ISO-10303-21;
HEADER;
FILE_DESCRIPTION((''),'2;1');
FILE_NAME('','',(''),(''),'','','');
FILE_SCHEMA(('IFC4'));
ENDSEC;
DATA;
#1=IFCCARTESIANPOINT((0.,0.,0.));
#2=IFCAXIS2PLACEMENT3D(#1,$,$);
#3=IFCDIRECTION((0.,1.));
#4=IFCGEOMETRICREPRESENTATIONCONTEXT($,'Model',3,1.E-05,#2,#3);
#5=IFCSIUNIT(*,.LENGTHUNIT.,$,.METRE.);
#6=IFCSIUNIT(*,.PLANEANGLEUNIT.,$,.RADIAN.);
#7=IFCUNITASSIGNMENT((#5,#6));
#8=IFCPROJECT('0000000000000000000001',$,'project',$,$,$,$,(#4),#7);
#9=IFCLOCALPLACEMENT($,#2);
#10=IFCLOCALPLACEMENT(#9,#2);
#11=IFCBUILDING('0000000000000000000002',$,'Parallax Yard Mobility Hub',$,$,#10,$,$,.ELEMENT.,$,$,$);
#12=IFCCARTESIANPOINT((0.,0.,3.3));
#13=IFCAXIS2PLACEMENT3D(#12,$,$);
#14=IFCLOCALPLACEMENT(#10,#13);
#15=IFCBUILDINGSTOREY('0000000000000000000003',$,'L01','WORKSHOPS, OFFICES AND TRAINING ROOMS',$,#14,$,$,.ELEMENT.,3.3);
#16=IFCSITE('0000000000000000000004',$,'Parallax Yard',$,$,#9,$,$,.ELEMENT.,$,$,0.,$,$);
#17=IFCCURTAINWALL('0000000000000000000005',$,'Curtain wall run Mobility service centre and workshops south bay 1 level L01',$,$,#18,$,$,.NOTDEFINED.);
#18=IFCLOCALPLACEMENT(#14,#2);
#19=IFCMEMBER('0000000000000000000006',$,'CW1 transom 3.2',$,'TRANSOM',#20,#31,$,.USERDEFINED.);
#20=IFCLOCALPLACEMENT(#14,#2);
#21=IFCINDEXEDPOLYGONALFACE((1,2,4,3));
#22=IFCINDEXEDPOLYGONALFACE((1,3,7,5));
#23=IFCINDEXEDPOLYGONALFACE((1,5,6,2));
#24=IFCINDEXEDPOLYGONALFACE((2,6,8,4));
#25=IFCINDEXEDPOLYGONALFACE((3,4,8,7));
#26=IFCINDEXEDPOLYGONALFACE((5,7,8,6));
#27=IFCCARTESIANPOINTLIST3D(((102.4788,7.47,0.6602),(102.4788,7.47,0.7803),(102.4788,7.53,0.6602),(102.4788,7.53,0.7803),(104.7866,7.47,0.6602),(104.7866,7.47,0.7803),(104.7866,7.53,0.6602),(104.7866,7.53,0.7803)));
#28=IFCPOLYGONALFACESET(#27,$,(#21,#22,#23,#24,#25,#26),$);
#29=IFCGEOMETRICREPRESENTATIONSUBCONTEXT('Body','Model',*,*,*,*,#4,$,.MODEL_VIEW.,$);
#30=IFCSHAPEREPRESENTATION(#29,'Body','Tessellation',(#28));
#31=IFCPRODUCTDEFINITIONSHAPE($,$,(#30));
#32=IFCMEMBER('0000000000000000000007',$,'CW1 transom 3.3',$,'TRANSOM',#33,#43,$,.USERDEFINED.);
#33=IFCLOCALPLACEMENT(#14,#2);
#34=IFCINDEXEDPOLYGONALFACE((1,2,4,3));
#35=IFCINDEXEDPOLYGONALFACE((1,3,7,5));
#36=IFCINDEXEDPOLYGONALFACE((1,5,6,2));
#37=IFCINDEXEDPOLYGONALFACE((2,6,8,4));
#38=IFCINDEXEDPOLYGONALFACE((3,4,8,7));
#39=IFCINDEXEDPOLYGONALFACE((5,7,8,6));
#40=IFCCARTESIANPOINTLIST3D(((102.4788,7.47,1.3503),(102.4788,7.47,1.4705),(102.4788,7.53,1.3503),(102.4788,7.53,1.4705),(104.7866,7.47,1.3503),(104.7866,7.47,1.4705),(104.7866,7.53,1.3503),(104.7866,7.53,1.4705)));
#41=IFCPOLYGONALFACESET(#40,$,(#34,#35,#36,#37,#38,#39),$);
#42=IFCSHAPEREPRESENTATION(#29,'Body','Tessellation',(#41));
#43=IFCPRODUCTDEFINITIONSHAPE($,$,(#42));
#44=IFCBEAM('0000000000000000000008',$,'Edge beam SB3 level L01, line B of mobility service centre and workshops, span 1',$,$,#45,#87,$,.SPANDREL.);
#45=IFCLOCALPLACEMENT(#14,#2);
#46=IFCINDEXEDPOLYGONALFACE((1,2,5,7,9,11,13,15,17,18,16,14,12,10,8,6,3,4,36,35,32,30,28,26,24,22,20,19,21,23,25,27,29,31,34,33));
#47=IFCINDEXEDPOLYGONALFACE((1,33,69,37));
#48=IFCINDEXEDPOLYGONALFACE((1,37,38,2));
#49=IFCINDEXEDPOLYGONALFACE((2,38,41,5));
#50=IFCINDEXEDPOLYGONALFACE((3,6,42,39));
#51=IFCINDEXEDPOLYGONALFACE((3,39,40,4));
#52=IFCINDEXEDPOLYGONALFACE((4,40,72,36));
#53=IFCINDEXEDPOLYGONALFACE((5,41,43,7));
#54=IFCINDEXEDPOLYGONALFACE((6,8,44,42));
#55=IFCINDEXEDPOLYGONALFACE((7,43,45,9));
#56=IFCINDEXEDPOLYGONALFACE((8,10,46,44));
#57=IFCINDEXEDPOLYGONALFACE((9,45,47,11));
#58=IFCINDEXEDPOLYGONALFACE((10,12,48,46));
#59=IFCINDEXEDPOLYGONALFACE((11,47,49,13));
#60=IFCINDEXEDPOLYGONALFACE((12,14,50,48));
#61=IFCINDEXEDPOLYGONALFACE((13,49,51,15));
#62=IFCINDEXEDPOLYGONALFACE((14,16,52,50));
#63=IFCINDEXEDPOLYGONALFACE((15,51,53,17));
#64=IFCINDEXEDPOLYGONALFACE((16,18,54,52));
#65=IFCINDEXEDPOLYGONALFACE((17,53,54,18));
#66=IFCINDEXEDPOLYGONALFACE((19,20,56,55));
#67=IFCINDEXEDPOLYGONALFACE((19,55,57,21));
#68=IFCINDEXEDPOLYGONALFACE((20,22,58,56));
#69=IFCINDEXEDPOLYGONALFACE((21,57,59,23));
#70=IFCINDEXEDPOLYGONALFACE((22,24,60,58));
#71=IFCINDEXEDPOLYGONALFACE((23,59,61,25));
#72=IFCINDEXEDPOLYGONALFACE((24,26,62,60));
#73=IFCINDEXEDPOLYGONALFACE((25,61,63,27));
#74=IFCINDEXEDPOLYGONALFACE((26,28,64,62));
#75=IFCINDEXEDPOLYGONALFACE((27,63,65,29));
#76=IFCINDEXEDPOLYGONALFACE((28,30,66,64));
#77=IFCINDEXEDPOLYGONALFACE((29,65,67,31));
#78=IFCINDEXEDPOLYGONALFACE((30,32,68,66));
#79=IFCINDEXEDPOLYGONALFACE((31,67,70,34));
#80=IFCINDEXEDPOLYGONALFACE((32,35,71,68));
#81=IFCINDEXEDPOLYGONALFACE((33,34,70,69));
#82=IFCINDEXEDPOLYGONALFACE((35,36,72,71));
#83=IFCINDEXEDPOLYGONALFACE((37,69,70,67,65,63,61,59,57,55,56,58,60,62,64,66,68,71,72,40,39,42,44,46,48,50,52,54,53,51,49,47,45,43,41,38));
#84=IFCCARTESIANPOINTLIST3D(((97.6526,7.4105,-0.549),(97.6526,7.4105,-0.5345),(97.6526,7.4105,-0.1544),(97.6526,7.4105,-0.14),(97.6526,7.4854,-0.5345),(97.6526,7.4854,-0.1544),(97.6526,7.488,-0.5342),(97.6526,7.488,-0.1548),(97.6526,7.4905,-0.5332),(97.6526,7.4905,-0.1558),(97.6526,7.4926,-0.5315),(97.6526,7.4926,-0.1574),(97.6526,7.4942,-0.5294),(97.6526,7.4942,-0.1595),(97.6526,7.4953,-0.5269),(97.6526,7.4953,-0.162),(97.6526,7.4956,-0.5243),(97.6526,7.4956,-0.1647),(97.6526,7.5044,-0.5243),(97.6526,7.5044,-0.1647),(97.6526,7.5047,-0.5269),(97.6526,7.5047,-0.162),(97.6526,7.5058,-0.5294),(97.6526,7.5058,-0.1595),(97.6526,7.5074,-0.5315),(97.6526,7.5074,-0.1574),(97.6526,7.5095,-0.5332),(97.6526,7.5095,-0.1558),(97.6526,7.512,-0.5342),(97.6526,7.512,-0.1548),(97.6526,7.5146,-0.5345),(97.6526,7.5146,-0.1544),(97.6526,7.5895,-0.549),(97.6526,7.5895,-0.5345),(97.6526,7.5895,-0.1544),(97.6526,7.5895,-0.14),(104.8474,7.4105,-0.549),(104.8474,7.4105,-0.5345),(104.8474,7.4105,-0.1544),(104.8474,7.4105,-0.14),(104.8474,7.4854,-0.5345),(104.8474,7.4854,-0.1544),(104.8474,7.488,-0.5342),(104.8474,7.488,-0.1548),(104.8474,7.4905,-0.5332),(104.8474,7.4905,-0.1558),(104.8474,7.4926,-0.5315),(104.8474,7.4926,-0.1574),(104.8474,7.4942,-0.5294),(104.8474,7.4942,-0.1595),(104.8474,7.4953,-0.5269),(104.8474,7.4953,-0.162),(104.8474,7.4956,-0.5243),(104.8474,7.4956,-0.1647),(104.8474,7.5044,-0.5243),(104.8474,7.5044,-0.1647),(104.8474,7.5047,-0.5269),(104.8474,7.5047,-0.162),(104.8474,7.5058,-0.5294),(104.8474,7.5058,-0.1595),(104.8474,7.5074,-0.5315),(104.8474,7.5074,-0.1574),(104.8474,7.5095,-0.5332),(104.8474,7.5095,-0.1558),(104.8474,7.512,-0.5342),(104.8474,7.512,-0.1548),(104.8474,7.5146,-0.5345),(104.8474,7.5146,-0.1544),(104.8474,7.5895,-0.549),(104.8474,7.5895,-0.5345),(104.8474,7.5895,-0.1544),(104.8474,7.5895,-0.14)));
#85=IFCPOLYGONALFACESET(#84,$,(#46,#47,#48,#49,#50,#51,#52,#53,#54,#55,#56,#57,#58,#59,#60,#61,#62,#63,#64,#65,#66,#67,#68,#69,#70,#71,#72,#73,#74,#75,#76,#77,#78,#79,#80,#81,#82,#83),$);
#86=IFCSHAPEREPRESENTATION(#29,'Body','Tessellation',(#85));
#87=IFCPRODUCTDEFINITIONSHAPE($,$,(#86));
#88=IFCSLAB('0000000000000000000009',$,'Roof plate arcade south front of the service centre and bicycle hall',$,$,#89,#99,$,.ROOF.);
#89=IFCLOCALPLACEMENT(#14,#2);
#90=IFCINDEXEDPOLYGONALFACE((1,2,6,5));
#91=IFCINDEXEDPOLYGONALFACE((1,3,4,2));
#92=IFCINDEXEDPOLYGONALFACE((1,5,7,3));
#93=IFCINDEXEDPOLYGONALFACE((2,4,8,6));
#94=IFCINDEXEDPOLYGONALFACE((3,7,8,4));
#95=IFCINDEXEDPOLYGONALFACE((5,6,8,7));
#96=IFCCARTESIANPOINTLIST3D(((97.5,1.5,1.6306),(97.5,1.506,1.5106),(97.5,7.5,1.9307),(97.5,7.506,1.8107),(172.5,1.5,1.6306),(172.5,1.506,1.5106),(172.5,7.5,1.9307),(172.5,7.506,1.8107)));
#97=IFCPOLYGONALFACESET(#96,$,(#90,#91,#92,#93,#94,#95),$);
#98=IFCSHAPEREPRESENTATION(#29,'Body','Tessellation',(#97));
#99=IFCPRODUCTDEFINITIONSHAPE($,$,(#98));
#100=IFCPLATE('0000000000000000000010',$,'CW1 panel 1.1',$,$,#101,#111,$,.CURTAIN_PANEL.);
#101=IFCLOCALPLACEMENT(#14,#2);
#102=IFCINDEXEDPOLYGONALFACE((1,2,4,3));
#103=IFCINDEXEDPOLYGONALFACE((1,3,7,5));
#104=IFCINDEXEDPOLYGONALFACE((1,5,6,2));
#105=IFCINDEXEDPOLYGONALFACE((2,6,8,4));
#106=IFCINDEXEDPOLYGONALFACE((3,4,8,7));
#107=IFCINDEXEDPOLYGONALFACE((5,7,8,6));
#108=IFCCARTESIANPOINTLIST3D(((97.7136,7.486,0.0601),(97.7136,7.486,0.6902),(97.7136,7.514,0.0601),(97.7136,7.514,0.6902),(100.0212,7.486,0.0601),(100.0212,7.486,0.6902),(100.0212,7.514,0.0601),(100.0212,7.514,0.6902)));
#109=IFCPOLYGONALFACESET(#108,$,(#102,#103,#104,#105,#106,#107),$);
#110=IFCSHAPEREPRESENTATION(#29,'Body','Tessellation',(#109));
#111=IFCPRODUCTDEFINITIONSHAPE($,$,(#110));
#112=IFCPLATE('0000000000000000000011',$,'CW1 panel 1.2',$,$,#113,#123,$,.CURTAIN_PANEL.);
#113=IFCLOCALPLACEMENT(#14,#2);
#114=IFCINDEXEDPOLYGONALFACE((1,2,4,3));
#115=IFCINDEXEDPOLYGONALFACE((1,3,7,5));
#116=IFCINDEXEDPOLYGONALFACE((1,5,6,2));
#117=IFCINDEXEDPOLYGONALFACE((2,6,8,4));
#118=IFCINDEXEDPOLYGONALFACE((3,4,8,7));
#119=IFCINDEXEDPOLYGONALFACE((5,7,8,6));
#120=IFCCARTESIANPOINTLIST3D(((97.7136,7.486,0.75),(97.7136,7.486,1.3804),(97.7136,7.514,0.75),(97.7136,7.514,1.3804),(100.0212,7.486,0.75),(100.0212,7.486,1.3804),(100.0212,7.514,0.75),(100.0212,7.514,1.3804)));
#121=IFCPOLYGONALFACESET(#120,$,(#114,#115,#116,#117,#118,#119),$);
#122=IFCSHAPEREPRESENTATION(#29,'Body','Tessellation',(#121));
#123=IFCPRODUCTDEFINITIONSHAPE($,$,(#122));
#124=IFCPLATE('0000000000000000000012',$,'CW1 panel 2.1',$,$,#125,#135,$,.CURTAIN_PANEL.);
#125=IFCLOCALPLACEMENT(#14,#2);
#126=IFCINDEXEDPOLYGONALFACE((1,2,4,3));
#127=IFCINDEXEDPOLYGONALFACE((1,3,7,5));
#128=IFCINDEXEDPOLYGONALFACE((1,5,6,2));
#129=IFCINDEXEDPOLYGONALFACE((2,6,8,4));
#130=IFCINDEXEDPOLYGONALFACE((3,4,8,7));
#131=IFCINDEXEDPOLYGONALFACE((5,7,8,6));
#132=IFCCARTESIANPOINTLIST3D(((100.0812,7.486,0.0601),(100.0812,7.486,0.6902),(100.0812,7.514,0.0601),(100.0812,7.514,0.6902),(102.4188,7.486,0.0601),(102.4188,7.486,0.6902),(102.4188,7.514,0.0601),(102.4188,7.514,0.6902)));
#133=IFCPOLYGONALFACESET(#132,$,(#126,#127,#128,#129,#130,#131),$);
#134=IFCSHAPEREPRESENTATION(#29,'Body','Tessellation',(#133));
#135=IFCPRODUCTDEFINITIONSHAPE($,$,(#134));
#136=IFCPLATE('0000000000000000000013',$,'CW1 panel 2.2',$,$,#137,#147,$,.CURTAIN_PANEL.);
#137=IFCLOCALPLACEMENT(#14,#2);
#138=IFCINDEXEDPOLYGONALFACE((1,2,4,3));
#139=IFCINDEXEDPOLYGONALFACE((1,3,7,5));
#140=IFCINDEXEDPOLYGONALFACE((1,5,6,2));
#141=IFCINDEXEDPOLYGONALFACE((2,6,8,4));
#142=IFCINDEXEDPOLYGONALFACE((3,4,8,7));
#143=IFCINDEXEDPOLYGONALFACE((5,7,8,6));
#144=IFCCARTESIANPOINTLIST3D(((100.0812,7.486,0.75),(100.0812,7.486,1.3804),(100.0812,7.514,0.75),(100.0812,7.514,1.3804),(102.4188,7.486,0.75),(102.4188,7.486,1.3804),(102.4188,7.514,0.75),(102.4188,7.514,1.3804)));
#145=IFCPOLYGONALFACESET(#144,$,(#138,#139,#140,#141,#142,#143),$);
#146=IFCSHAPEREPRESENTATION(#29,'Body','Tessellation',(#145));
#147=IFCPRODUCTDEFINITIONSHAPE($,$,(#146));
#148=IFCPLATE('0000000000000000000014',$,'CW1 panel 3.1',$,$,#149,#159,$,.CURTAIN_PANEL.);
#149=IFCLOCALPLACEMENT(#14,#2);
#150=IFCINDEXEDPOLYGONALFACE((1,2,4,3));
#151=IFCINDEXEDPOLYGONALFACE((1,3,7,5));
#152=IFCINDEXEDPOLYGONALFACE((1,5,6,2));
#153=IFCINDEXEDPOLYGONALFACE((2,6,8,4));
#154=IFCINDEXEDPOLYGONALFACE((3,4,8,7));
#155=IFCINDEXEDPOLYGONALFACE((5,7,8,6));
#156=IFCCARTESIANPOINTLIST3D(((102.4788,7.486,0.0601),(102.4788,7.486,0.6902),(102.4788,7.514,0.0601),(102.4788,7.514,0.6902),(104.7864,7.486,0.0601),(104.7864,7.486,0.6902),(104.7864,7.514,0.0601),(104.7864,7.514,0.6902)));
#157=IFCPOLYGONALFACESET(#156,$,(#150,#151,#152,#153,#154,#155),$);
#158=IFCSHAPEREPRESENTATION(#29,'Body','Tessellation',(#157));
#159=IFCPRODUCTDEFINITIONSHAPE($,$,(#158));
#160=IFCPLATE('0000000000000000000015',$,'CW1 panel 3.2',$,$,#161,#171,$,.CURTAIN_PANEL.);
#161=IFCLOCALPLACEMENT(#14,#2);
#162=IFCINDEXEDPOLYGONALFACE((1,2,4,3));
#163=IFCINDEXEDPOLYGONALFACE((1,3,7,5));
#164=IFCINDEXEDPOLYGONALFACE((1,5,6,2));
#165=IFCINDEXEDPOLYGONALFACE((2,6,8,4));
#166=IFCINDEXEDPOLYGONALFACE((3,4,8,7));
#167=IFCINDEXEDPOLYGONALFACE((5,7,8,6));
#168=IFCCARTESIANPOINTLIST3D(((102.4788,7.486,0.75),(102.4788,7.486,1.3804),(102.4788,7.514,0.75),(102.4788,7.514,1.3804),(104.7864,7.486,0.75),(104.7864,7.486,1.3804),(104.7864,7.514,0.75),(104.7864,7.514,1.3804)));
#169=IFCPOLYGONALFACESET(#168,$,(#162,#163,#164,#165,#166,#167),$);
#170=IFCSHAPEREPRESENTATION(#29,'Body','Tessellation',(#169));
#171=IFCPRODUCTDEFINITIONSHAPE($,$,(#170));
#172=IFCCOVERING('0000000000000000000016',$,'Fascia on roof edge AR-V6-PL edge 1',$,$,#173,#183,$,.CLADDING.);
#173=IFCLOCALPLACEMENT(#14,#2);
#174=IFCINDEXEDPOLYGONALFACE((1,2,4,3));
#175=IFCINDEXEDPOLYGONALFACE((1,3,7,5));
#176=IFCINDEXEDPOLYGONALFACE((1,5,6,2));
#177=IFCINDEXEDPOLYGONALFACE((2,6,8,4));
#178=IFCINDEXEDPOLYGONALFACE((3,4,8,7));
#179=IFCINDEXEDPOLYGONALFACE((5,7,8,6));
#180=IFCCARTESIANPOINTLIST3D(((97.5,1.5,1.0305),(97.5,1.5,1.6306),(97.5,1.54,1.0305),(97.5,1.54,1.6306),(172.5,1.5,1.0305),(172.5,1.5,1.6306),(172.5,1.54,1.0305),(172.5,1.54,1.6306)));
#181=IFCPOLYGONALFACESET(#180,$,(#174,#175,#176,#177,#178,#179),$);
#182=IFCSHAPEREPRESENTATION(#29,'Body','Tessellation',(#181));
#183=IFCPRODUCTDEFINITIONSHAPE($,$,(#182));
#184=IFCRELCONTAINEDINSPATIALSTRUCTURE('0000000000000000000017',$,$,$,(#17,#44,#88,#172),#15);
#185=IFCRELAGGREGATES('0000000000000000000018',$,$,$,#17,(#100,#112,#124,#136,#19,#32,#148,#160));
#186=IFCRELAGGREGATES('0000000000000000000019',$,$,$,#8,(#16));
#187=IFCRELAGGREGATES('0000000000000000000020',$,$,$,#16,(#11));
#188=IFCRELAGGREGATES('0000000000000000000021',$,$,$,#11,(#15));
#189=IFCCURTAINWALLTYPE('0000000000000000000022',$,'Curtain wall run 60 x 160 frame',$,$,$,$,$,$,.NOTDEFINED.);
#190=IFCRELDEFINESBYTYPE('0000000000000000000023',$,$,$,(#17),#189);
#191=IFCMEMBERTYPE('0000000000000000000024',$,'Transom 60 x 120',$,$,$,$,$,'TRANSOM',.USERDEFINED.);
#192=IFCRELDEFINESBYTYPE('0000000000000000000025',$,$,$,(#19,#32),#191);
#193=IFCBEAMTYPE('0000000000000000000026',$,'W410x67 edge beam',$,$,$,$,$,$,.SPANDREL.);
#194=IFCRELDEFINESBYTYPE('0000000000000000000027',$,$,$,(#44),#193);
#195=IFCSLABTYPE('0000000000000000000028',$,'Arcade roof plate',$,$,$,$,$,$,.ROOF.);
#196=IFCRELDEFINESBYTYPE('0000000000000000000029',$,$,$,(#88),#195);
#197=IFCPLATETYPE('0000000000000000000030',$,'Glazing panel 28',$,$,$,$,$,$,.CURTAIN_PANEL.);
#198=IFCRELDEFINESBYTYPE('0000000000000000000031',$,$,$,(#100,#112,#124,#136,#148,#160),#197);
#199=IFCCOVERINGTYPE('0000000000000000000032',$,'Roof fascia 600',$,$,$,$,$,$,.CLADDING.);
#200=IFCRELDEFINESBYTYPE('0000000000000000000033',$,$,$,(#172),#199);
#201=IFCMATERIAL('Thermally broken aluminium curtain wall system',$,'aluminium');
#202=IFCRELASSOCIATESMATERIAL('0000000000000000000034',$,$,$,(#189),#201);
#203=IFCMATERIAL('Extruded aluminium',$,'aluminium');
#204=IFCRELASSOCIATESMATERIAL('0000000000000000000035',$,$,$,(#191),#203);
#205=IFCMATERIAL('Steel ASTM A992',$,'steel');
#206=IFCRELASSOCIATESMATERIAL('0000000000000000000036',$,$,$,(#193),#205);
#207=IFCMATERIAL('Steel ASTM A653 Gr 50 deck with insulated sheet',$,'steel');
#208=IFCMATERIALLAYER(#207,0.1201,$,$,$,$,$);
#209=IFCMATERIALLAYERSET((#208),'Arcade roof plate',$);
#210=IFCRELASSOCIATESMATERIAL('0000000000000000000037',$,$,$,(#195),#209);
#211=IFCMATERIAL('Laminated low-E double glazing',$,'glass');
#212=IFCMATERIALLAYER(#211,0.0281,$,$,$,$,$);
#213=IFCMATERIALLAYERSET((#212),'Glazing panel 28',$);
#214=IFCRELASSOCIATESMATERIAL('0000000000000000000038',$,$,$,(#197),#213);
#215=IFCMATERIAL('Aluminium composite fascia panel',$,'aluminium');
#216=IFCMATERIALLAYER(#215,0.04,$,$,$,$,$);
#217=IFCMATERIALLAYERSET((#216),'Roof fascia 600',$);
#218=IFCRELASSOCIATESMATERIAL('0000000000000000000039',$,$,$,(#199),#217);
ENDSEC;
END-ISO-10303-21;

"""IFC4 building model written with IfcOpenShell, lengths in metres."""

from ifc_helpers import new_model, si_unit, direction, frame, origin, origin_2d, place, context, subcontext, project, spatial, polyline, rectangle, i_section, outline, extrude, material, layer, layer_set, material_profile, profile_set, type_object, element, aggregate, save


model = new_model("IFC4")

# Units and contexts
model_context = context("Model", 3, precision=1e-05, world=origin(), true_north=direction((0.0, 1.0)))
body_context = subcontext(model_context, "Body", "Model", "MODEL_VIEW")
ifc_project = project(units=[si_unit("LENGTHUNIT", "METRE"), si_unit("PLANEANGLEUNIT", "RADIAN")], contexts=[model_context])

# Site, building, storey
site_placement = place(None, origin())
site = spatial("IfcSite", under=ifc_project, at=site_placement, Name="Parallax Yard", CompositionType="ELEMENT", RefElevation=0.0)
building_placement = place(site_placement, origin())
building = spatial("IfcBuilding", under=site, at=building_placement, Name="Parallax Yard Mobility Hub", CompositionType="ELEMENT")
storey_placement = place(building_placement, frame((0.0, 0.0, 3.3)))
storey = spatial("IfcBuildingStorey", under=building, at=storey_placement, Name="L01", Description="WORKSHOPS, OFFICES AND TRAINING ROOMS", CompositionType="ELEMENT", Elevation=3.3)

# Shared definitions
ifc_material_1 = material(Name="Steel ASTM A992", Category="steel")

# Curtain wall, members
ifc_material_2 = material(Name="Thermally broken aluminium curtain wall system", Category="aluminium")
curtain_wall_type = type_object("IfcCurtainWallType", Name="Curtain wall run 60 x 160 frame", PredefinedType="NOTDEFINED", material=ifc_material_2)
curtain_wall_placement = place(storey_placement, origin())
curtain_wall = element("IfcCurtainWall", 1, at=curtain_wall_placement, inside=storey, type_object=curtain_wall_type, Name="Curtain wall run Mobility service centre and workshops south bay 1 level L01", PredefinedType="NOTDEFINED")
ifc_material_3 = material(Name="Extruded aluminium", Category="aluminium")
ifc_material_profile_1 = material_profile(ifc_material_3, rectangle(XDim=0.0601, YDim=0.1201, at=origin_2d()), Name="Transom 60 x 120")
ifc_profile_set_1 = profile_set([ifc_material_profile_1], Name="Extruded aluminium")
member_type_1 = type_object("IfcMemberType", Name="Transom 60 x 120", ElementType="TRANSOM", PredefinedType="USERDEFINED", material=ifc_profile_set_1)
member_1_placement = place(storey_placement, frame((102.4788, 7.5, 0.7202), z_axis=(1.0, 0.0, 0.0), x_axis=(0.0, 1.0, 0.0)))
member_1 = element("IfcMember", 2, at=member_1_placement, type_object=member_type_1, Name="CW1 transom 3.2", ObjectType="TRANSOM", PredefinedType="USERDEFINED", context=body_context, shape_type="SweptSolid", body=[
    extrude(rectangle(XDim=0.0601, YDim=0.1201, at=origin_2d()), origin(), (0.0, 0.0, 1.0), 2.3079),
])
member_2_placement = place(storey_placement, frame((102.4788, 7.5, 1.4104), z_axis=(1.0, 0.0, 0.0), x_axis=(0.0, 1.0, 0.0)))
member_2 = element("IfcMember", 3, at=member_2_placement, type_object=member_type_1, Name="CW1 transom 3.3", ObjectType="TRANSOM", PredefinedType="USERDEFINED", context=body_context, shape_type="SweptSolid", body=[
    extrude(rectangle(XDim=0.0601, YDim=0.1201, at=origin_2d()), origin(), (0.0, 0.0, 1.0), 2.3079),
])

# Beam
ifc_material_profile_2 = material_profile(ifc_material_1, i_section(OverallWidth=0.179, OverallDepth=0.4089, WebThickness=0.0088, FlangeThickness=0.0144, FilletRadius=0.0103, at=origin_2d()), Name="W410x67")
ifc_profile_set_2 = profile_set([ifc_material_profile_2], Name="Steel ASTM A992")
beam_type_1 = type_object("IfcBeamType", Name="W410x67 edge beam", PredefinedType="SPANDREL", material=ifc_profile_set_2)
beam_placement = place(storey_placement, frame((97.6526, 7.5, -0.3445), z_axis=(1.0, 0.0, 0.0), x_axis=(0.0, 1.0, 0.0)))
element("IfcBeam", 4, at=beam_placement, inside=storey, type_object=beam_type_1, Name="Edge beam SB3 level L01, line B of mobility service centre and workshops, span 1", PredefinedType="SPANDREL", context=body_context, shape_type="SweptSolid", body=[
    extrude(i_section(OverallWidth=0.179, OverallDepth=0.4089, WebThickness=0.0088, FlangeThickness=0.0144, FilletRadius=0.0103, at=origin_2d()), origin(), (0.0, 0.0, 1.0), 7.1948),
])

# Slab
ifc_material_4 = material(Name="Steel ASTM A653 Gr 50 deck with insulated sheet", Category="steel")
ifc_layer_1 = layer(ifc_material_4, 0.1201)
ifc_layer_set_1 = layer_set([ifc_layer_1], Name="Arcade roof plate")
slab_type = type_object("IfcSlabType", Name="Arcade roof plate", PredefinedType="ROOF", material=ifc_layer_set_1)
slab_placement = place(storey_placement, frame((97.5, 1.5, 1.6306), z_axis=(0.0, -0.049946, 0.998752), x_axis=(1.0, 0.0, 0.0)))
element("IfcSlab", 5, at=slab_placement, inside=storey, type_object=slab_type, Name="Roof plate arcade south front of the service centre and bicycle hall", PredefinedType="ROOF", context=body_context, shape_type="SweptSolid", body=[
    extrude(outline(polyline([(0.0, 0.0), (75.0, 0.0), (75.0, 6.0075), (0.0, 6.0075), (0.0, 0.0)])), origin(), (0.0, 0.0, -1.0), 0.1201),
])

# Plates
ifc_material_5 = material(Name="Laminated low-E double glazing", Category="glass")
ifc_layer_2 = layer(ifc_material_5, 0.0281)
ifc_layer_set_2 = layer_set([ifc_layer_2], Name="Glazing panel 28")
plate_type = type_object("IfcPlateType", Name="Glazing panel 28", PredefinedType="CURTAIN_PANEL", material=ifc_layer_set_2)
plate_1_placement = place(storey_placement, frame((98.8674, 7.5, 0.0601), z_axis=(0.0, 0.0, 1.0), x_axis=(1.0, 0.0, 0.0)))
plate_1 = element("IfcPlate", 6, at=plate_1_placement, type_object=plate_type, Name="CW1 panel 1.1", PredefinedType="CURTAIN_PANEL", context=body_context, shape_type="SweptSolid", body=[
    extrude(rectangle(XDim=2.3076, YDim=0.0281, at=origin_2d()), origin(), (0.0, 0.0, 1.0), 0.6301),
])
plate_2_placement = place(storey_placement, frame((98.8674, 7.5, 0.75), z_axis=(0.0, 0.0, 1.0), x_axis=(1.0, 0.0, 0.0)))
plate_2 = element("IfcPlate", 7, at=plate_2_placement, type_object=plate_type, Name="CW1 panel 1.2", PredefinedType="CURTAIN_PANEL", context=body_context, shape_type="SweptSolid", body=[
    extrude(rectangle(XDim=2.3076, YDim=0.0281, at=origin_2d()), origin(), (0.0, 0.0, 1.0), 0.6304),
])
plate_3_placement = place(storey_placement, frame((101.25, 7.5, 0.0601), z_axis=(0.0, 0.0, 1.0), x_axis=(1.0, 0.0, 0.0)))
plate_3 = element("IfcPlate", 8, at=plate_3_placement, type_object=plate_type, Name="CW1 panel 2.1", PredefinedType="CURTAIN_PANEL", context=body_context, shape_type="SweptSolid", body=[
    extrude(rectangle(XDim=2.3376, YDim=0.0281, at=origin_2d()), origin(), (0.0, 0.0, 1.0), 0.6301),
])
plate_4_placement = place(storey_placement, frame((101.25, 7.5, 0.75), z_axis=(0.0, 0.0, 1.0), x_axis=(1.0, 0.0, 0.0)))
plate_4 = element("IfcPlate", 9, at=plate_4_placement, type_object=plate_type, Name="CW1 panel 2.2", PredefinedType="CURTAIN_PANEL", context=body_context, shape_type="SweptSolid", body=[
    extrude(rectangle(XDim=2.3376, YDim=0.0281, at=origin_2d()), origin(), (0.0, 0.0, 1.0), 0.6304),
])
plate_5_placement = place(storey_placement, frame((103.6326, 7.5, 0.0601), z_axis=(0.0, 0.0, 1.0), x_axis=(1.0, 0.0, 0.0)))
plate_5 = element("IfcPlate", 10, at=plate_5_placement, type_object=plate_type, Name="CW1 panel 3.1", PredefinedType="CURTAIN_PANEL", context=body_context, shape_type="SweptSolid", body=[
    extrude(rectangle(XDim=2.3076, YDim=0.0281, at=origin_2d()), origin(), (0.0, 0.0, 1.0), 0.6301),
])
plate_6_placement = place(storey_placement, frame((103.6326, 7.5, 0.75), z_axis=(0.0, 0.0, 1.0), x_axis=(1.0, 0.0, 0.0)))
plate_6 = element("IfcPlate", 11, at=plate_6_placement, type_object=plate_type, Name="CW1 panel 3.2", PredefinedType="CURTAIN_PANEL", context=body_context, shape_type="SweptSolid", body=[
    extrude(rectangle(XDim=2.3076, YDim=0.0281, at=origin_2d()), origin(), (0.0, 0.0, 1.0), 0.6304),
])
aggregate(curtain_wall, [plate_1, plate_2, plate_3, plate_4, member_1, member_2, plate_5, plate_6])

# Covering
ifc_material_6 = material(Name="Aluminium composite fascia panel", Category="aluminium")
ifc_layer_3 = layer(ifc_material_6, 0.04)
ifc_layer_set_3 = layer_set([ifc_layer_3], Name="Roof fascia 600")
covering_type_1 = type_object("IfcCoveringType", Name="Roof fascia 600", PredefinedType="CLADDING", material=ifc_layer_set_3)
covering_1_placement = place(storey_placement, frame((97.5, 1.54, 1.6306), z_axis=(0.0, 1.0, 0.0), x_axis=(1.0, 0.0, 0.0)))
element("IfcCovering", 12, at=covering_1_placement, inside=storey, type_object=covering_type_1, Name="Fascia on roof edge AR-V6-PL edge 1", PredefinedType="CLADDING", context=body_context, shape_type="SweptSolid", body=[
    extrude(outline(polyline([(0.0, 0.0), (75.0, 0.0), (75.0, 0.6001), (0.0, 0.6001), (0.0, 0.0)])), origin(), (0.0, 0.0, -1.0), 0.04),
])

save(model, "model.ifc")
